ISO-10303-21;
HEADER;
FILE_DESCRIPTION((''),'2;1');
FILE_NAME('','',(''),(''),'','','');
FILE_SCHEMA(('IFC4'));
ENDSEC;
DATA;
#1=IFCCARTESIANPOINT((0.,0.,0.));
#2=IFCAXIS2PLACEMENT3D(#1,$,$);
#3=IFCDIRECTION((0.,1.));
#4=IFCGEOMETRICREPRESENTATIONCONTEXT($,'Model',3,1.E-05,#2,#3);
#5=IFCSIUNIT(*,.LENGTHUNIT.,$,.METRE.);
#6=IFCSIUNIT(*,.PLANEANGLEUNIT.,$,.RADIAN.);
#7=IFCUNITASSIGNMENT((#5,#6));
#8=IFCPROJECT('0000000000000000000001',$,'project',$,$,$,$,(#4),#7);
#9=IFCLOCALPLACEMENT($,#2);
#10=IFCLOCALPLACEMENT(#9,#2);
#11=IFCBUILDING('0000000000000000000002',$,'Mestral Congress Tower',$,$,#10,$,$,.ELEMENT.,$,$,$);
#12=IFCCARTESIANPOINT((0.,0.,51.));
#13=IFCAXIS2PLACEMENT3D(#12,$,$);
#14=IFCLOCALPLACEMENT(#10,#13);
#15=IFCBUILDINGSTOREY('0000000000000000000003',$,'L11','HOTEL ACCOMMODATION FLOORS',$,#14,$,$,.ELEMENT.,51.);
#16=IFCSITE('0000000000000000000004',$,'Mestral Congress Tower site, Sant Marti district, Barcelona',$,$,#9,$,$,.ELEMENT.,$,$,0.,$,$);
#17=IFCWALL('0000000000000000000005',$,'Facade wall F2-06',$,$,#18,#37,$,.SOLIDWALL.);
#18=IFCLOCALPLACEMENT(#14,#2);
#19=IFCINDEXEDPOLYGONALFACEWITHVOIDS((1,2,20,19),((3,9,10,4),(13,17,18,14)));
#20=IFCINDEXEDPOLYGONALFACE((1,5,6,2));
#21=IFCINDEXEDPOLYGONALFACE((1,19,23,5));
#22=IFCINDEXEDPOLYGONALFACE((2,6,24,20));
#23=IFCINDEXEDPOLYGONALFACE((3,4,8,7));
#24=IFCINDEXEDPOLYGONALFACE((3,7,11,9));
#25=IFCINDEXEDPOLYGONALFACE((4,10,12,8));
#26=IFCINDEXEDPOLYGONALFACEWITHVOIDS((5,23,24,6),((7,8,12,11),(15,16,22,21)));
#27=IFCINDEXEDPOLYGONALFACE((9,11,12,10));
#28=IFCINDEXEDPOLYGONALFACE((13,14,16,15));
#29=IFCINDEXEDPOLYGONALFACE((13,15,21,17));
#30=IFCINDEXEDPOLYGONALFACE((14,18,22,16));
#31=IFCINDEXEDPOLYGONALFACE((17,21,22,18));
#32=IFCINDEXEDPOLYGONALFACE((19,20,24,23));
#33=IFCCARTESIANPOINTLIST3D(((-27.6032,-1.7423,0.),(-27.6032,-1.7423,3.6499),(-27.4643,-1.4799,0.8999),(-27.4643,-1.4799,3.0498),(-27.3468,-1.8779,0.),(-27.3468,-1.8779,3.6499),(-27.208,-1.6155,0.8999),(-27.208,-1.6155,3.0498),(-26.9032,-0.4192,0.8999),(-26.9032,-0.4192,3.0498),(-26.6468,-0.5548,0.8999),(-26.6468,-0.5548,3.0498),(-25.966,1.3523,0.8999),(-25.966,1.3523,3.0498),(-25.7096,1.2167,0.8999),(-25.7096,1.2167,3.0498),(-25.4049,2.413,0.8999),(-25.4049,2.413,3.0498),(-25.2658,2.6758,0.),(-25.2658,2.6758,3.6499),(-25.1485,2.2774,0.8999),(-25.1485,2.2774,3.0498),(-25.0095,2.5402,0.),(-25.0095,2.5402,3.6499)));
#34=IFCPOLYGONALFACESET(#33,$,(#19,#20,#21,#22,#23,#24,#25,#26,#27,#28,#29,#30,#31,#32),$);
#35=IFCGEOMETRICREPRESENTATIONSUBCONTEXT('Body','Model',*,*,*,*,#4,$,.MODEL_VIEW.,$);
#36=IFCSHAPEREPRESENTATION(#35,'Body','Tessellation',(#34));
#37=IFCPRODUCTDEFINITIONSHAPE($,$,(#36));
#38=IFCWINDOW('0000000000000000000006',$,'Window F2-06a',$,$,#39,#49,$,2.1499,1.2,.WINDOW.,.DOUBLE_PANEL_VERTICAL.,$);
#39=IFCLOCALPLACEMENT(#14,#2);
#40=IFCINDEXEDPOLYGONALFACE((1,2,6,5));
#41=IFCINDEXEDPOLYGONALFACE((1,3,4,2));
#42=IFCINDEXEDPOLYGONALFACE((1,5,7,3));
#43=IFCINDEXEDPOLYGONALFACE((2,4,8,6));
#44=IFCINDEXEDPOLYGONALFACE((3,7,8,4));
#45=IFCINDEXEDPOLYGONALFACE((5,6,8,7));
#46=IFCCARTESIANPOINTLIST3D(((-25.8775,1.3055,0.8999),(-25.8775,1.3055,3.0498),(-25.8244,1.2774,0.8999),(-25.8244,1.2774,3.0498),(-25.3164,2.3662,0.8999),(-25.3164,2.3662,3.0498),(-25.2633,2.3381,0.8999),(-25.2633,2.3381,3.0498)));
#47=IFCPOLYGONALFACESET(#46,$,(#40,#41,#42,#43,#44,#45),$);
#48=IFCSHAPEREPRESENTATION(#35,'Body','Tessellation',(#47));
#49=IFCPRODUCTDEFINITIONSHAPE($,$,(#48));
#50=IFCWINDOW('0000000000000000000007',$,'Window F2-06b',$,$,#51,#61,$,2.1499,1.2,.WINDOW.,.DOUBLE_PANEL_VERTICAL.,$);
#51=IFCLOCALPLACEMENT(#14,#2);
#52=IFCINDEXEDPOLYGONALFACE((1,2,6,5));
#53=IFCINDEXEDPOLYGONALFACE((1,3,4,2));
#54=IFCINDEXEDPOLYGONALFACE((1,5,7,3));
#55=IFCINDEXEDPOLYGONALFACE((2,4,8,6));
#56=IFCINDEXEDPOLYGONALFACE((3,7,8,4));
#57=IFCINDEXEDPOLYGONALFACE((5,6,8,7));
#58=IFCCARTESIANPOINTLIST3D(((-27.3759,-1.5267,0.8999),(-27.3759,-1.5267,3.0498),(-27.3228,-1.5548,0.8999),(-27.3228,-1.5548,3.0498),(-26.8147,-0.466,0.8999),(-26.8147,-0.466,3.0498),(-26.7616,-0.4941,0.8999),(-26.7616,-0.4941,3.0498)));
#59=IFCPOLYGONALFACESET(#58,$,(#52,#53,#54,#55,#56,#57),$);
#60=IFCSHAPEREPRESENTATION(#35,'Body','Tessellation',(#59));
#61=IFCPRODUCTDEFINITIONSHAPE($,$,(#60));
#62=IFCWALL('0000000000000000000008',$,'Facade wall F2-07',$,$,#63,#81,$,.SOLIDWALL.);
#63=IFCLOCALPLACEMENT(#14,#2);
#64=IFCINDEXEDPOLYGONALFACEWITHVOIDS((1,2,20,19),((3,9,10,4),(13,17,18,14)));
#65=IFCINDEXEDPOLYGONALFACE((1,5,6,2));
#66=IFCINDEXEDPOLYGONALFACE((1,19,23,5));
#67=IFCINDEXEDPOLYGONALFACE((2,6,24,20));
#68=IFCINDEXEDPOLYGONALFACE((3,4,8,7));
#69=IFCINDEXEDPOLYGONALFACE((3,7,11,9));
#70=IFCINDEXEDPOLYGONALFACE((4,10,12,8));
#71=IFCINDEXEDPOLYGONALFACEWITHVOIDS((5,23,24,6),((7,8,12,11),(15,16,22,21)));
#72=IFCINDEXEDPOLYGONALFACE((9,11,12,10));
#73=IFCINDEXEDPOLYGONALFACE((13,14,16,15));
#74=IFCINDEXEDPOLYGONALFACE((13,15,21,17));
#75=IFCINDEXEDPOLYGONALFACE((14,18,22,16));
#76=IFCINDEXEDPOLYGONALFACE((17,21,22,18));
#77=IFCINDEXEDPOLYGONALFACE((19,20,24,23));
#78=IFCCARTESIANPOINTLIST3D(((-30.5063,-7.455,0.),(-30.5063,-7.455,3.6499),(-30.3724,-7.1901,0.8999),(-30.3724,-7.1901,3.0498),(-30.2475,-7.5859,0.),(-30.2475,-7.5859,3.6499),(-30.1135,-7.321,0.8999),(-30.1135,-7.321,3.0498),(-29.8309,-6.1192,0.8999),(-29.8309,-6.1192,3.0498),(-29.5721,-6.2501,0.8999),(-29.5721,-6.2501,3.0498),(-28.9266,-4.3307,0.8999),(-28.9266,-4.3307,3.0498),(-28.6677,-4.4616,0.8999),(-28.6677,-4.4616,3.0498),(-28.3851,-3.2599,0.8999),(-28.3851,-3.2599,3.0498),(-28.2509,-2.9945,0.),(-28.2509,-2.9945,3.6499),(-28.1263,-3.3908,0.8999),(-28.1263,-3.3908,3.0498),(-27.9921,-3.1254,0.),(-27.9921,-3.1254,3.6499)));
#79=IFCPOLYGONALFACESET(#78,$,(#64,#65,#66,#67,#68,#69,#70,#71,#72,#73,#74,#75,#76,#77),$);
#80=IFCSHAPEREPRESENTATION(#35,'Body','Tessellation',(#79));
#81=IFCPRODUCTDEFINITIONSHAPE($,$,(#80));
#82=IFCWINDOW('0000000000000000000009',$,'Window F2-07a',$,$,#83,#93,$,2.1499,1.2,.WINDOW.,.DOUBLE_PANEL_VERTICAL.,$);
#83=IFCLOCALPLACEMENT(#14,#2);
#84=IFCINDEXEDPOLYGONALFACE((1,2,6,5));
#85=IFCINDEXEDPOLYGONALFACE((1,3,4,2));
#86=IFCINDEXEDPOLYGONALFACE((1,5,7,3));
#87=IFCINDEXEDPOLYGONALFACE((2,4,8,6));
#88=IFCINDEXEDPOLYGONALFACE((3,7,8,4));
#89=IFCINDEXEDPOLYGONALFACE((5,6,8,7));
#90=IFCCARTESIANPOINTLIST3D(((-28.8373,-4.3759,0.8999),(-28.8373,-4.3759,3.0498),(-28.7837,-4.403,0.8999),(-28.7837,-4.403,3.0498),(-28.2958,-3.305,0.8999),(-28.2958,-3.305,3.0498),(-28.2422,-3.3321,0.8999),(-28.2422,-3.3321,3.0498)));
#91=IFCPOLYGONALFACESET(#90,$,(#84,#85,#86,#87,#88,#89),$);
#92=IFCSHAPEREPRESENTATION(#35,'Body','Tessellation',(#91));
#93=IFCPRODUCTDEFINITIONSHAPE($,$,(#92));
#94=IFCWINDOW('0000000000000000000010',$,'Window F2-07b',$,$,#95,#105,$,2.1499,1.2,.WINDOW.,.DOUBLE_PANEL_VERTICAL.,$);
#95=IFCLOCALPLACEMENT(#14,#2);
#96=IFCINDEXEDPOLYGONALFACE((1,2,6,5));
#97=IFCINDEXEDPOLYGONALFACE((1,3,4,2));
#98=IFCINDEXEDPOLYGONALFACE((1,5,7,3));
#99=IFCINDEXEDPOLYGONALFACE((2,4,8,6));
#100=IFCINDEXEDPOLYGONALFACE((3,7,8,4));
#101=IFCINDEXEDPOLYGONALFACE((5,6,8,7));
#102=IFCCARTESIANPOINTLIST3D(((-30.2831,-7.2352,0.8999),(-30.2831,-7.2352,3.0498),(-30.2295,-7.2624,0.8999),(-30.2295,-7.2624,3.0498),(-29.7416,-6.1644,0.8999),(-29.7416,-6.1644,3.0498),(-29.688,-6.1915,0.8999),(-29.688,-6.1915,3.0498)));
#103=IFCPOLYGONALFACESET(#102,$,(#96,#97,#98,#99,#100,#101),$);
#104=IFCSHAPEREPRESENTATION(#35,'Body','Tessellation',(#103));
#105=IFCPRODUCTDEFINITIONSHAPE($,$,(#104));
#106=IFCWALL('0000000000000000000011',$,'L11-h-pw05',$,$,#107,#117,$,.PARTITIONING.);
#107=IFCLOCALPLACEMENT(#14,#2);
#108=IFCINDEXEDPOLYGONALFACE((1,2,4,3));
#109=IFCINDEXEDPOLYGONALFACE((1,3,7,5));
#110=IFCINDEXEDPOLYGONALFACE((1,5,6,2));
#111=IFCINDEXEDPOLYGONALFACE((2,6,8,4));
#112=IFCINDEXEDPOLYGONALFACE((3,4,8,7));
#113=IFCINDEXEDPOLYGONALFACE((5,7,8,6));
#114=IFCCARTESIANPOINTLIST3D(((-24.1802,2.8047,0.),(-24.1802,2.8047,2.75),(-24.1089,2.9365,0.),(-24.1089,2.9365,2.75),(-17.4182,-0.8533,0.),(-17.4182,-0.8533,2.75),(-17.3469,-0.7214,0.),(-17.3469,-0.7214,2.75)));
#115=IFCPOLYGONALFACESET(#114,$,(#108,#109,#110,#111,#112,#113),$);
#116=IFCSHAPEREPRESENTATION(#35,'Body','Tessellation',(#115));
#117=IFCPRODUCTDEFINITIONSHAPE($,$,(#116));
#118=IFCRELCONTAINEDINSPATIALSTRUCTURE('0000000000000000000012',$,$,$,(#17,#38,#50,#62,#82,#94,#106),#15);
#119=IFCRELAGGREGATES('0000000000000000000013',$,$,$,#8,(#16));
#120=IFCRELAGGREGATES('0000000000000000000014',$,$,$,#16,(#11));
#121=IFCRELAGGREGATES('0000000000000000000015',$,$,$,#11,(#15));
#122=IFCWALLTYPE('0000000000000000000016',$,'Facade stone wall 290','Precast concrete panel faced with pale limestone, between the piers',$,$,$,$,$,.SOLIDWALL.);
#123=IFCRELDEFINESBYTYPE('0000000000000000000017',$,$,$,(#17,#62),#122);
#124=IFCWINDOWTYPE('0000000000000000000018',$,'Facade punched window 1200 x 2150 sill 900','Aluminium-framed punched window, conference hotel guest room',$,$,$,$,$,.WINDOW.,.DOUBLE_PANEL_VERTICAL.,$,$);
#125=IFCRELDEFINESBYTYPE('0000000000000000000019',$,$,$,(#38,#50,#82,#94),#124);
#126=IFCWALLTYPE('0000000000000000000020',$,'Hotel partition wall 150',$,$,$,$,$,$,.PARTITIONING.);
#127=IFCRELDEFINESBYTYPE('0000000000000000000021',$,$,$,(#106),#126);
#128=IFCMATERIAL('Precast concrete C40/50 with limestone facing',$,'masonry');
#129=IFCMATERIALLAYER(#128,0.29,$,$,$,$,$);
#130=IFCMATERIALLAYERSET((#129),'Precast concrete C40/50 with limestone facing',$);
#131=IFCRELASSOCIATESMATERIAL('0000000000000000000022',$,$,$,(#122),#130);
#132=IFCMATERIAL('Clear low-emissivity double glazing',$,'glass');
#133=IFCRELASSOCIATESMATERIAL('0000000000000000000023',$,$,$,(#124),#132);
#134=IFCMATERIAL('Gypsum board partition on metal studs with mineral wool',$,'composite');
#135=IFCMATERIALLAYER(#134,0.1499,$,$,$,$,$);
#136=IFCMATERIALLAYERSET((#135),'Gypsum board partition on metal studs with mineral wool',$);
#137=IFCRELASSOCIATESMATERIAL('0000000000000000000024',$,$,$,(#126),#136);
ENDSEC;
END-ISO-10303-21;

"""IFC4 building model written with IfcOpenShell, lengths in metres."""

from ifc_helpers import new_model, si_unit, direction, frame, frame_2d, origin, place, context, subcontext, project, spatial, rectangle, extrude, material, layer, layer_set, type_object, element, fill, save


model = new_model("IFC4")

# Units and contexts
model_context = context("Model", 3, precision=1e-05, world=origin(), true_north=direction((0.0, 1.0)))
body_context = subcontext(model_context, "Body", "Model", "MODEL_VIEW")
ifc_project = project(units=[si_unit("LENGTHUNIT", "METRE"), si_unit("PLANEANGLEUNIT", "RADIAN")], contexts=[model_context])

# Site, building, storey
site_placement = place(None, origin())
site = spatial("IfcSite", under=ifc_project, at=site_placement, Name="Mestral Congress Tower site, Sant Marti district, Barcelona", CompositionType="ELEMENT", RefElevation=0.0)
building_placement = place(site_placement, origin())
building = spatial("IfcBuilding", under=site, at=building_placement, Name="Mestral Congress Tower", CompositionType="ELEMENT")
storey_placement = place(building_placement, frame((0.0, 0.0, 51.0)))
storey = spatial("IfcBuildingStorey", under=building, at=storey_placement, Name="L11", Description="HOTEL ACCOMMODATION FLOORS", CompositionType="ELEMENT", Elevation=51.0)

# Walls, openings, windows
ifc_material_1 = material(Name="Precast concrete C40/50 with limestone facing", Category="masonry")
ifc_layer_1 = layer(ifc_material_1, 0.29)
ifc_layer_set_1 = layer_set([ifc_layer_1], Name="Precast concrete C40/50 with limestone facing")
wall_type_1 = type_object("IfcWallType", Name="Facade stone wall 290", Description="Precast concrete panel faced with pale limestone, between the piers", PredefinedType="SOLIDWALL", material=ifc_layer_set_1)
ifc_material_2 = material(Name="Clear low-emissivity double glazing", Category="glass")
window_type = type_object("IfcWindowType", Name="Facade punched window 1200 x 2150 sill 900", Description="Aluminium-framed punched window, conference hotel guest room", PartitioningType="DOUBLE_PANEL_VERTICAL", PredefinedType="WINDOW", material=ifc_material_2)
wall_1_placement = place(storey_placement, frame((-25.1377, 2.6079, 0.0), z_axis=(0.0, 0.0, 1.0), x_axis=(-0.46763, -0.883925, 0.0)))
wall_1 = element("IfcWall", 1, at=wall_1_placement, inside=storey, type_object=wall_type_1, Name="Facade wall F2-06", PredefinedType="SOLIDWALL", context=body_context, shape_type="SweptSolid", body=[
    extrude(rectangle(XDim=4.9983, YDim=0.29, at=frame_2d((2.499, 0.0))), origin(), (0.0, 0.0, 1.0), 3.6499),
])
opening_1_placement = place(wall_1_placement, frame((0.2971, 0.0, 0.8999)))
opening_1 = element("IfcOpeningElement", 2, at=opening_1_placement, cuts=wall_1, PredefinedType="OPENING", context=body_context, shape_type="SweptSolid", body=[
    extrude(rectangle(XDim=1.2, YDim=2.1499, at=frame_2d((0.6001, 1.075))), frame((0.0, 0.155, 0.0), z_axis=(0.0, -1.0, 0.0), x_axis=(1.0, 0.0, 0.0)), (0.0, 0.0, 1.0), 0.3101),
])
opening_2_placement = place(wall_1_placement, frame((3.5012, 0.0, 0.8999)))
opening_2 = element("IfcOpeningElement", 3, at=opening_2_placement, cuts=wall_1, PredefinedType="OPENING", context=body_context, shape_type="SweptSolid", body=[
    extrude(rectangle(XDim=1.2, YDim=2.1499, at=frame_2d((0.6001, 1.075))), frame((0.0, 0.155, 0.0), z_axis=(0.0, -1.0, 0.0), x_axis=(1.0, 0.0, 0.0)), (0.0, 0.0, 1.0), 0.3101),
])
window_1_placement = place(opening_1_placement, origin())
window_1 = element("IfcWindow", 4, at=window_1_placement, inside=storey, type_object=window_type, Name="Window F2-06a", OverallHeight=2.1499, OverallWidth=1.2, PartitioningType="DOUBLE_PANEL_VERTICAL", PredefinedType="WINDOW", context=body_context, shape_type="SweptSolid", body=[
    extrude(rectangle(XDim=1.2, YDim=2.1499, at=frame_2d((0.6001, 1.075))), frame((0.0, 0.0151, 0.0), z_axis=(0.0, -1.0, 0.0), x_axis=(1.0, 0.0, 0.0)), (0.0, 0.0, 1.0), 0.0601),
])
fill(opening_1, window_1)
window_2_placement = place(opening_2_placement, origin())
window_2 = element("IfcWindow", 5, at=window_2_placement, inside=storey, type_object=window_type, Name="Window F2-06b", OverallHeight=2.1499, OverallWidth=1.2, PartitioningType="DOUBLE_PANEL_VERTICAL", PredefinedType="WINDOW", context=body_context, shape_type="SweptSolid", body=[
    extrude(rectangle(XDim=1.2, YDim=2.1499, at=frame_2d((0.6001, 1.075))), frame((0.0, 0.0151, 0.0), z_axis=(0.0, -1.0, 0.0), x_axis=(1.0, 0.0, 0.0)), (0.0, 0.0, 1.0), 0.0601),
])
fill(opening_2, window_2)
wall_2_placement = place(storey_placement, frame((-28.1216, -3.0601, 0.0), z_axis=(0.0, 0.0, 1.0), x_axis=(-0.451234, -0.892406, 0.0)))
wall_2 = element("IfcWall", 6, at=wall_2_placement, inside=storey, type_object=wall_type_1, Name="Facade wall F2-07", PredefinedType="SOLIDWALL", context=body_context, shape_type="SweptSolid", body=[
    extrude(rectangle(XDim=4.9983, YDim=0.29, at=frame_2d((2.499, 0.0))), origin(), (0.0, 0.0, 1.0), 3.6499),
])
opening_3_placement = place(wall_2_placement, frame((0.2971, 0.0, 0.8999)))
opening_3 = element("IfcOpeningElement", 7, at=opening_3_placement, cuts=wall_2, PredefinedType="OPENING", context=body_context, shape_type="SweptSolid", body=[
    extrude(rectangle(XDim=1.2, YDim=2.1499, at=frame_2d((0.6001, 1.075))), frame((0.0, 0.155, 0.0), z_axis=(0.0, -1.0, 0.0), x_axis=(1.0, 0.0, 0.0)), (0.0, 0.0, 1.0), 0.3101),
])
opening_4_placement = place(wall_2_placement, frame((3.5012, 0.0, 0.8999)))
opening_4 = element("IfcOpeningElement", 8, at=opening_4_placement, cuts=wall_2, PredefinedType="OPENING", context=body_context, shape_type="SweptSolid", body=[
    extrude(rectangle(XDim=1.2, YDim=2.1499, at=frame_2d((0.6001, 1.075))), frame((0.0, 0.155, 0.0), z_axis=(0.0, -1.0, 0.0), x_axis=(1.0, 0.0, 0.0)), (0.0, 0.0, 1.0), 0.3101),
])
window_3_placement = place(opening_3_placement, origin())
window_3 = element("IfcWindow", 9, at=window_3_placement, inside=storey, type_object=window_type, Name="Window F2-07a", OverallHeight=2.1499, OverallWidth=1.2, PartitioningType="DOUBLE_PANEL_VERTICAL", PredefinedType="WINDOW", context=body_context, shape_type="SweptSolid", body=[
    extrude(rectangle(XDim=1.2, YDim=2.1499, at=frame_2d((0.6001, 1.075))), frame((0.0, 0.0151, 0.0), z_axis=(0.0, -1.0, 0.0), x_axis=(1.0, 0.0, 0.0)), (0.0, 0.0, 1.0), 0.0601),
])
fill(opening_3, window_3)
window_4_placement = place(opening_4_placement, origin())
window_4 = element("IfcWindow", 10, at=window_4_placement, inside=storey, type_object=window_type, Name="Window F2-07b", OverallHeight=2.1499, OverallWidth=1.2, PartitioningType="DOUBLE_PANEL_VERTICAL", PredefinedType="WINDOW", context=body_context, shape_type="SweptSolid", body=[
    extrude(rectangle(XDim=1.2, YDim=2.1499, at=frame_2d((0.6001, 1.075))), frame((0.0, 0.0151, 0.0), z_axis=(0.0, -1.0, 0.0), x_axis=(1.0, 0.0, 0.0)), (0.0, 0.0, 1.0), 0.0601),
])
fill(opening_4, window_4)

# Wall
ifc_material_3 = material(Name="Gypsum board partition on metal studs with mineral wool", Category="composite")
ifc_layer_2 = layer(ifc_material_3, 0.1499)
ifc_layer_set_2 = layer_set([ifc_layer_2], Name="Gypsum board partition on metal studs with mineral wool")
wall_type_2 = type_object("IfcWallType", Name="Hotel partition wall 150", PredefinedType="PARTITIONING", material=ifc_layer_set_2)
wall_3_placement = place(storey_placement, frame((-24.1445, 2.8706, 0.0), z_axis=(0.0, 0.0, 1.0), x_axis=(0.879552, -0.475803, 0.0)))
element("IfcWall", 11, at=wall_3_placement, inside=storey, type_object=wall_type_2, Name="L11-h-pw05", PredefinedType="PARTITIONING", context=body_context, shape_type="SweptSolid", body=[
    extrude(rectangle(XDim=7.688, YDim=0.1499, at=frame_2d((3.844, 0.0))), origin(), (0.0, 0.0, 1.0), 2.75),
])

save(model, "model.ifc")
